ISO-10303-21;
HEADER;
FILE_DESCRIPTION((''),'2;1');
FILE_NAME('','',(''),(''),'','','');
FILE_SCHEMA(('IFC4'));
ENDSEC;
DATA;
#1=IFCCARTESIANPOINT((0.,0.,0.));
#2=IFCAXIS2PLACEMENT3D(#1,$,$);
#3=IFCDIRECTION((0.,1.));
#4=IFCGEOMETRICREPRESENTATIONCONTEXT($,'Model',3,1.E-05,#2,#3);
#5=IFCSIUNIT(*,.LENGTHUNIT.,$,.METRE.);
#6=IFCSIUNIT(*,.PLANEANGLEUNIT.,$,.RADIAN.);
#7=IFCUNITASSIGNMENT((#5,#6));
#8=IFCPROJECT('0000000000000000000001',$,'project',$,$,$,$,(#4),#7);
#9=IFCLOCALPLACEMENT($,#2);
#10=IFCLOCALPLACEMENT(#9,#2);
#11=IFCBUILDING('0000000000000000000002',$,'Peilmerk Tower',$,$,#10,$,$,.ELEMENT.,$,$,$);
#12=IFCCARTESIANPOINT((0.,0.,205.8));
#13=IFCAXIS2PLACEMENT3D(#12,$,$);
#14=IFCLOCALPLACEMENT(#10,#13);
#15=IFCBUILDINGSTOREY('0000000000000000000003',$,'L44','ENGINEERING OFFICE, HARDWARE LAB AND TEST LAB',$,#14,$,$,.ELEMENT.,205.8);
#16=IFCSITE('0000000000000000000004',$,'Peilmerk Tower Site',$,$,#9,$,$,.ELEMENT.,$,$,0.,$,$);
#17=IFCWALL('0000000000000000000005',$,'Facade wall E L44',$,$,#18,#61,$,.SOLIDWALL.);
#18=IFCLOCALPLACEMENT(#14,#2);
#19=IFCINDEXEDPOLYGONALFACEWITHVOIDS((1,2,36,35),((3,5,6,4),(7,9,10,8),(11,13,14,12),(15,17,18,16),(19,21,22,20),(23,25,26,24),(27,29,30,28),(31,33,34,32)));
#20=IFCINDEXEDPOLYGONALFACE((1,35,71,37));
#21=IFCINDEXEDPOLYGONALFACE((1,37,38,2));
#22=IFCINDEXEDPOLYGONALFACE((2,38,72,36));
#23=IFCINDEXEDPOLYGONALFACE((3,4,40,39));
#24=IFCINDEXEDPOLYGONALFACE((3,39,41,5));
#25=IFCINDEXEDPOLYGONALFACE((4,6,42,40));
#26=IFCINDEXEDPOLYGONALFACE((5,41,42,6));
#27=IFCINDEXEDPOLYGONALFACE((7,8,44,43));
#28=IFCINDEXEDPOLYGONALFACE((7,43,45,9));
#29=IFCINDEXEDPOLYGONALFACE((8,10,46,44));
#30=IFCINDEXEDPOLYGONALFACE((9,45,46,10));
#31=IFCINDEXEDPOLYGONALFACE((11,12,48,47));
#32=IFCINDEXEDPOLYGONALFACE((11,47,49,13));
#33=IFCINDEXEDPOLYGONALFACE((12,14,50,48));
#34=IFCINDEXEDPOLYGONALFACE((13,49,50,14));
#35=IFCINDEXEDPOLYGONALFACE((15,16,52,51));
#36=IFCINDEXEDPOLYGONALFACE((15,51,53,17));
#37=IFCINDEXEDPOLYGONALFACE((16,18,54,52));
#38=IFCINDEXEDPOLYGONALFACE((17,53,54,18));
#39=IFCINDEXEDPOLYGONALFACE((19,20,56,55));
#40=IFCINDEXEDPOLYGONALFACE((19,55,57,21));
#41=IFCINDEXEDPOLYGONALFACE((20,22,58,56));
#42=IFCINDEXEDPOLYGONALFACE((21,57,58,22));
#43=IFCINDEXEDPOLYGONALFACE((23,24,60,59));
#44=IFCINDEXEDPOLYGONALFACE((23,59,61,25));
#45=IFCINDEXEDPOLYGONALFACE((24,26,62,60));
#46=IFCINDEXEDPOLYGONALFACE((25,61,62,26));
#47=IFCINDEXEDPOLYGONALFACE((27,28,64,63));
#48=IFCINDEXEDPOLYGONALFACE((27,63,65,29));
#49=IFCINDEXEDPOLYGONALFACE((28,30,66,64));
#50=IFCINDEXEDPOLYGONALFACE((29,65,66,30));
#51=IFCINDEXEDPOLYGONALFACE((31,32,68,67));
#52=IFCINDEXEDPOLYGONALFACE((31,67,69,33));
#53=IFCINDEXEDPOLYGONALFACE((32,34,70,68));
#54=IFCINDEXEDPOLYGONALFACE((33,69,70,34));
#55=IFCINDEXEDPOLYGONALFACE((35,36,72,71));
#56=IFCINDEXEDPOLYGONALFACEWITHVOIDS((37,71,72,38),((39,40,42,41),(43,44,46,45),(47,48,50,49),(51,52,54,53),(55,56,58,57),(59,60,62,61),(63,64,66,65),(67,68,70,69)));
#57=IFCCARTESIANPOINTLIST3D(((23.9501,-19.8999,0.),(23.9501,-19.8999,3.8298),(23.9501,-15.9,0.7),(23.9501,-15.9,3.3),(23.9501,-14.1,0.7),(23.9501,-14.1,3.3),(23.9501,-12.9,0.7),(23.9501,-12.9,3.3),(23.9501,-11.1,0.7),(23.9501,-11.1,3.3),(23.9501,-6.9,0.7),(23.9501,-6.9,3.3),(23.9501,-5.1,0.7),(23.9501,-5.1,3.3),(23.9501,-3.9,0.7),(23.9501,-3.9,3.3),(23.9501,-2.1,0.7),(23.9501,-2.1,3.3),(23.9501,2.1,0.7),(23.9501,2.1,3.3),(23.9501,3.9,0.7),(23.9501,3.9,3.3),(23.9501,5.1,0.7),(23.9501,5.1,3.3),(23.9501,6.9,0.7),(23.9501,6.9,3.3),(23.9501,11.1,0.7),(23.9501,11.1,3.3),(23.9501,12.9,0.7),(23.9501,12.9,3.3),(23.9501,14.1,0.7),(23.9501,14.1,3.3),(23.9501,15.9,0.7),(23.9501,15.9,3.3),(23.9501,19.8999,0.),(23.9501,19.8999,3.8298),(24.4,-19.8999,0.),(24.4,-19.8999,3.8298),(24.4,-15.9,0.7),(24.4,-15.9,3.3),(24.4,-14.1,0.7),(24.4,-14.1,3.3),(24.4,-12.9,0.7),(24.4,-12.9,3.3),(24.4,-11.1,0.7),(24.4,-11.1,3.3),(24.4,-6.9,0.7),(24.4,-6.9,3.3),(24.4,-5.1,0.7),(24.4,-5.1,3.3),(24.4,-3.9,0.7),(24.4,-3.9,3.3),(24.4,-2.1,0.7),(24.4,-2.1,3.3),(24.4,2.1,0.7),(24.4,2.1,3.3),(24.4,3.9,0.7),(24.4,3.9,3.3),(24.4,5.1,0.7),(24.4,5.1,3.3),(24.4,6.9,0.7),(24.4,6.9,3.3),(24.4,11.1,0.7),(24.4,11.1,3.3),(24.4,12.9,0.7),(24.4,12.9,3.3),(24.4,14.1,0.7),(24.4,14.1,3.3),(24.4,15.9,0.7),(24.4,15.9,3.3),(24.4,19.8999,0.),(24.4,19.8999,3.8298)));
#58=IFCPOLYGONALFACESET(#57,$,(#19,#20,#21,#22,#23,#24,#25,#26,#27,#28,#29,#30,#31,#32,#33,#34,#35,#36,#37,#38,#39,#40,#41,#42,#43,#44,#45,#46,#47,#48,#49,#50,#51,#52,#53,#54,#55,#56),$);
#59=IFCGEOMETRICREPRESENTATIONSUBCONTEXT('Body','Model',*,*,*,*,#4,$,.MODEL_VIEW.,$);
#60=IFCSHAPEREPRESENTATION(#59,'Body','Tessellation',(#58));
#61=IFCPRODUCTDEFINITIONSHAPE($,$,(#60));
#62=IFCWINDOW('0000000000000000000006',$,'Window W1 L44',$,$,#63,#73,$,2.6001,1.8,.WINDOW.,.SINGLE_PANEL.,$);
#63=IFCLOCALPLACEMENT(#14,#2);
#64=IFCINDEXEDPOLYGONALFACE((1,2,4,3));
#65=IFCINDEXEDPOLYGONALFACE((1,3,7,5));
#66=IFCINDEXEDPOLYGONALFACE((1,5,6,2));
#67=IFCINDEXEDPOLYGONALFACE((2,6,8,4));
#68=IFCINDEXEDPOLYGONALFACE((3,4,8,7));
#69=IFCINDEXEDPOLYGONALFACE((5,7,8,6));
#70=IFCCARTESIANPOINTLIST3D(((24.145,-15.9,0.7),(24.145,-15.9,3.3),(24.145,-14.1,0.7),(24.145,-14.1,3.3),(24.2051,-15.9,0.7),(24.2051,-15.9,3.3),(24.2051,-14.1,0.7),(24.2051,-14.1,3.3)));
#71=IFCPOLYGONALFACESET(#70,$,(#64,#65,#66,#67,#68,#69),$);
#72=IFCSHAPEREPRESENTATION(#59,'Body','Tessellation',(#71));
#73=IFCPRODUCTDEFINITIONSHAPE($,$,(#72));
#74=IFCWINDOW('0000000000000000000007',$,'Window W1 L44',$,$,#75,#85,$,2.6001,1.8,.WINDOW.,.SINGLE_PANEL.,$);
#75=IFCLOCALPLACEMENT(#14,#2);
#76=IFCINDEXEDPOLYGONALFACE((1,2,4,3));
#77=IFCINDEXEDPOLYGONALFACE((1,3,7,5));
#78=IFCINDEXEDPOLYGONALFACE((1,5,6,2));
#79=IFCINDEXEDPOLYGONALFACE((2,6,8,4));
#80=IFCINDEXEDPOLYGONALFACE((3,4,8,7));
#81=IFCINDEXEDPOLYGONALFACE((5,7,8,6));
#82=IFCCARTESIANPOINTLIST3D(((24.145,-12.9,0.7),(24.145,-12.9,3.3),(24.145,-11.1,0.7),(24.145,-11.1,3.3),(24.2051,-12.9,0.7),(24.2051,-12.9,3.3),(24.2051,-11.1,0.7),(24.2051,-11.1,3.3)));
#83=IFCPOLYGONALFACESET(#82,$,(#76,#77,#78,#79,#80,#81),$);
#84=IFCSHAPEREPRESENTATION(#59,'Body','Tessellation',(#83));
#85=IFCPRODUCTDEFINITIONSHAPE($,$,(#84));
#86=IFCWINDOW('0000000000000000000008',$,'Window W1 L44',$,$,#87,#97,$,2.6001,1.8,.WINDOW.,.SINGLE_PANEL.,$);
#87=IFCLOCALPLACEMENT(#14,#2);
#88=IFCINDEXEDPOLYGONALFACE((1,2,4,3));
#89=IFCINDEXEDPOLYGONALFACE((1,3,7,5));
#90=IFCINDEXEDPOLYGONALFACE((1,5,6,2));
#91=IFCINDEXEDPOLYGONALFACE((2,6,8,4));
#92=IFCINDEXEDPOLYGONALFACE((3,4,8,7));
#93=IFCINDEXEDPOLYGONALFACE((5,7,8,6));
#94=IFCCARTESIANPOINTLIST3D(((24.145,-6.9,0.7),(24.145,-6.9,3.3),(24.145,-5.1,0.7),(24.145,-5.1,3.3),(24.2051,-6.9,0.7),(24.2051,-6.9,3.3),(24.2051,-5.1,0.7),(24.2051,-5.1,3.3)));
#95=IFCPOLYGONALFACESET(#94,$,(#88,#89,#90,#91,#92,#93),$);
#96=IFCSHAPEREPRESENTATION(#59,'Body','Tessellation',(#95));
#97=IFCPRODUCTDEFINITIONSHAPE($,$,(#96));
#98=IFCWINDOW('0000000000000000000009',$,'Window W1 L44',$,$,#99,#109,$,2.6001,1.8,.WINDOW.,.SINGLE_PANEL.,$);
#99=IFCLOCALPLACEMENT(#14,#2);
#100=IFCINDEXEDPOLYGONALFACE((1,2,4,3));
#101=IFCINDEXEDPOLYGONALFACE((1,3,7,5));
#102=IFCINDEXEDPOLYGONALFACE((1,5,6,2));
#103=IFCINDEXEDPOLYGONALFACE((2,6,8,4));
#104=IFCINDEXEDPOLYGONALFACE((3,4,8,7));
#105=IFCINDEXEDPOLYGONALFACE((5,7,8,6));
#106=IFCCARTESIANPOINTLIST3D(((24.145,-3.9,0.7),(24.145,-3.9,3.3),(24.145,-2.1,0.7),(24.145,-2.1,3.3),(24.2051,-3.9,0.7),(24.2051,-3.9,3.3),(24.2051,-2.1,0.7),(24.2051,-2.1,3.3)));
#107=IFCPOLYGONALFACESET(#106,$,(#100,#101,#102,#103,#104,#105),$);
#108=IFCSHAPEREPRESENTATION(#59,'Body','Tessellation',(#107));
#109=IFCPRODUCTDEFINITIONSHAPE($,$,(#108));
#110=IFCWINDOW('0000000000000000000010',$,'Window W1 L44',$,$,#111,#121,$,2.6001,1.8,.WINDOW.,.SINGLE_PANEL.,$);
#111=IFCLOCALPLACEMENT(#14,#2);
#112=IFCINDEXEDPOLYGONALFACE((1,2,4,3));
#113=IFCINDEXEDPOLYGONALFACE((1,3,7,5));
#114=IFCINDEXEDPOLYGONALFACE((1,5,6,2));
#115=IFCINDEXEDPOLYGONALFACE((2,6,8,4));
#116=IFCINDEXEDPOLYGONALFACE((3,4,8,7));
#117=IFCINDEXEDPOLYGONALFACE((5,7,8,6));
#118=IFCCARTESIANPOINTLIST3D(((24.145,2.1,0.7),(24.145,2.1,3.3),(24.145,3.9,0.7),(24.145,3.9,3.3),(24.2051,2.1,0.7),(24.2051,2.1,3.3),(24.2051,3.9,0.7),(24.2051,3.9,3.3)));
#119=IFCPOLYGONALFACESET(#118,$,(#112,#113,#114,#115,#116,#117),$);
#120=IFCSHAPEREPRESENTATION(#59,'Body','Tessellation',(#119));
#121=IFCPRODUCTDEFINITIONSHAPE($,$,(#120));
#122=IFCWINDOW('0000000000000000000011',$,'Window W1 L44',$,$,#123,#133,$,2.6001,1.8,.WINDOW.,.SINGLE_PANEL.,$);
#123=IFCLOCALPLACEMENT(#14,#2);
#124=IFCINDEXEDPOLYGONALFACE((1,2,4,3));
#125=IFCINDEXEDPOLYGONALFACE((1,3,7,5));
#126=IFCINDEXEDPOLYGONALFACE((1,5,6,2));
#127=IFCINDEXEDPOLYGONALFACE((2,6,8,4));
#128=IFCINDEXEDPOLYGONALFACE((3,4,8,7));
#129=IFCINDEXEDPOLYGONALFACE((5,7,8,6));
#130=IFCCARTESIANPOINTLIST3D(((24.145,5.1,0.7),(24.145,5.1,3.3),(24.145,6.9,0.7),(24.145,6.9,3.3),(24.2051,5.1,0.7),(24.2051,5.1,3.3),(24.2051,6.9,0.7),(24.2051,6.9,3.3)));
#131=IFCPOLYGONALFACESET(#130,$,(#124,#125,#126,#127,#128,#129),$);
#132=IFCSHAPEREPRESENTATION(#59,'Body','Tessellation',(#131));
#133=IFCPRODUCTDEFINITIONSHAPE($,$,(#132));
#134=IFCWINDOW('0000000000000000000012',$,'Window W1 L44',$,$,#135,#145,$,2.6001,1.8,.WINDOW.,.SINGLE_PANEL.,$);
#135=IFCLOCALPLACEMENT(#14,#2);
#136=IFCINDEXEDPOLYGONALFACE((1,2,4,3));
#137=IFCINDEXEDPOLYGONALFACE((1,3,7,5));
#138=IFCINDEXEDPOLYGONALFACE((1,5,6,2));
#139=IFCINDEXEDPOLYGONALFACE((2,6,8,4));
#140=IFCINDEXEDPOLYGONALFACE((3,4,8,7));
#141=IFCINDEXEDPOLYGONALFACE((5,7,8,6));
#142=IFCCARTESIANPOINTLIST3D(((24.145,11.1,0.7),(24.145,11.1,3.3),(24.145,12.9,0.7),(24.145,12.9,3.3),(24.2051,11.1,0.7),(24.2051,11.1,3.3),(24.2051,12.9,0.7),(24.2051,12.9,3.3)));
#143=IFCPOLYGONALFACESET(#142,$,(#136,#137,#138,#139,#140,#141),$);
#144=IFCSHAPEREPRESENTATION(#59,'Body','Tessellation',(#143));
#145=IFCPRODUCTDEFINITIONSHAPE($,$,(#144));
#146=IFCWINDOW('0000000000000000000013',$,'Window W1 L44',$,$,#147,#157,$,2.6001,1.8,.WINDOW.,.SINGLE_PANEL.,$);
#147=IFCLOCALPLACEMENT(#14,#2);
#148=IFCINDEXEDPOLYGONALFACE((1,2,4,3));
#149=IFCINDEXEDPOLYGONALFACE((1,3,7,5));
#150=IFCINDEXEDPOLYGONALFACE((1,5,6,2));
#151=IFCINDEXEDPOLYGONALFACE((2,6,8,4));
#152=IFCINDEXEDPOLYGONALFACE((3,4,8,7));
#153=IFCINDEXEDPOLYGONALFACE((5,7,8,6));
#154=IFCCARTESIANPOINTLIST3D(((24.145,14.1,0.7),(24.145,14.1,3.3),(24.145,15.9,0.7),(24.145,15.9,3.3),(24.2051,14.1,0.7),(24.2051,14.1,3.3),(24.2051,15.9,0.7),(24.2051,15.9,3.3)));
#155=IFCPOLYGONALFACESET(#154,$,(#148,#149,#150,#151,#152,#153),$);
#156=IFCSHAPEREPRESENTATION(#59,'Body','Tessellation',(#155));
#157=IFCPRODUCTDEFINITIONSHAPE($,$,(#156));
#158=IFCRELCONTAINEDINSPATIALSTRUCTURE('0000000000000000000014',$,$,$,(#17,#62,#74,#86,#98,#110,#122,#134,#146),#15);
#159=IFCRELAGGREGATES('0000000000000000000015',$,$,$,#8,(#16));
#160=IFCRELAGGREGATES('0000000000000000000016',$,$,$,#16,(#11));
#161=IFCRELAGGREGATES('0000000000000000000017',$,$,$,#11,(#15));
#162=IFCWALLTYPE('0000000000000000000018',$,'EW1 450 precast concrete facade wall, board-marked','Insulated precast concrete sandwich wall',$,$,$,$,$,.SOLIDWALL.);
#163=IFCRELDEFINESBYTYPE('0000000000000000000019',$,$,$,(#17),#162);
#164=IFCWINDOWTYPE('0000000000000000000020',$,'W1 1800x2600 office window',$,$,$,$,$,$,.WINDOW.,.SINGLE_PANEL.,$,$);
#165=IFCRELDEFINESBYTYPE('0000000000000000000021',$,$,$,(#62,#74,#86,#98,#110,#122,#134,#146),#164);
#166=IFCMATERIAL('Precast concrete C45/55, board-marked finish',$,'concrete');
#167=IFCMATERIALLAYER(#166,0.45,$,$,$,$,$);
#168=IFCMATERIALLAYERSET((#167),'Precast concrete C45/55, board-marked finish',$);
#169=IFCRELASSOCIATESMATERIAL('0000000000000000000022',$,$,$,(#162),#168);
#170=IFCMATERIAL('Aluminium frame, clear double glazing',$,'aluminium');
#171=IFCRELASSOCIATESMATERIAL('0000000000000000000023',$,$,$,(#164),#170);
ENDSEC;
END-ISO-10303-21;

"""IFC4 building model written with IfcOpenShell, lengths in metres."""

from ifc_helpers import new_model, si_unit, direction, frame, frame_2d, origin, place, context, subcontext, project, spatial, rectangle, extrude, material, layer, layer_set, type_object, element, fill, save


model = new_model("IFC4")

# Units and contexts
model_context = context("Model", 3, precision=1e-05, world=origin(), true_north=direction((0.0, 1.0)))
body_context = subcontext(model_context, "Body", "Model", "MODEL_VIEW")
ifc_project = project(units=[si_unit("LENGTHUNIT", "METRE"), si_unit("PLANEANGLEUNIT", "RADIAN")], contexts=[model_context])

# Site, building, storey
site_placement = place(None, origin())
site = spatial("IfcSite", under=ifc_project, at=site_placement, Name="Peilmerk Tower Site", CompositionType="ELEMENT", RefElevation=0.0)
building_placement = place(site_placement, origin())
building = spatial("IfcBuilding", under=site, at=building_placement, Name="Peilmerk Tower", CompositionType="ELEMENT")
storey_placement = place(building_placement, frame((0.0, 0.0, 205.8)))
storey = spatial("IfcBuildingStorey", under=building, at=storey_placement, Name="L44", Description="ENGINEERING OFFICE, HARDWARE LAB AND TEST LAB", CompositionType="ELEMENT", Elevation=205.8)

# Wall, openings, windows
ifc_material_1 = material(Name="Precast concrete C45/55, board-marked finish", Category="concrete")
ifc_layer_1 = layer(ifc_material_1, 0.45)
ifc_layer_set_1 = layer_set([ifc_layer_1], Name="Precast concrete C45/55, board-marked finish")
wall_type = type_object("IfcWallType", Name="EW1 450 precast concrete facade wall, board-marked", Description="Insulated precast concrete sandwich wall", PredefinedType="SOLIDWALL", material=ifc_layer_set_1)
wall_1_placement = place(storey_placement, frame((24.175, -19.8999, 0.0), z_axis=(0.0, 0.0, 1.0), x_axis=(0.0, 1.0, 0.0)))
wall_1 = element("IfcWall", 1, at=wall_1_placement, inside=storey, type_object=wall_type, Name="Facade wall E L44", PredefinedType="SOLIDWALL", context=body_context, shape_type="SweptSolid", body=[
    extrude(rectangle(XDim=39.7998, YDim=0.45, at=frame_2d((19.8999, 0.0))), origin(), (0.0, 0.0, 1.0), 3.8298),
])
opening_1_placement = place(wall_1_placement, frame((4.0, 0.0, 0.7)))
opening_1 = element("IfcOpeningElement", 2, at=opening_1_placement, cuts=wall_1, PredefinedType="OPENING", context=body_context, shape_type="SweptSolid", body=[
    extrude(rectangle(XDim=1.8, YDim=2.6001, at=frame_2d((0.8999, 1.3))), frame((0.0, 0.2349, 0.0), z_axis=(0.0, -1.0, 0.0), x_axis=(1.0, 0.0, 0.0)), (0.0, 0.0, 1.0), 0.47),
])
opening_2_placement = place(wall_1_placement, frame((7.0, 0.0, 0.7)))
opening_2 = element("IfcOpeningElement", 3, at=opening_2_placement, cuts=wall_1, PredefinedType="OPENING", context=body_context, shape_type="SweptSolid", body=[
    extrude(rectangle(XDim=1.8, YDim=2.6001, at=frame_2d((0.8999, 1.3))), frame((0.0, 0.2349, 0.0), z_axis=(0.0, -1.0, 0.0), x_axis=(1.0, 0.0, 0.0)), (0.0, 0.0, 1.0), 0.47),
])
opening_3_placement = place(wall_1_placement, frame((13.0, 0.0, 0.7)))
opening_3 = element("IfcOpeningElement", 4, at=opening_3_placement, cuts=wall_1, PredefinedType="OPENING", context=body_context, shape_type="SweptSolid", body=[
    extrude(rectangle(XDim=1.8, YDim=2.6001, at=frame_2d((0.8999, 1.3))), frame((0.0, 0.2349, 0.0), z_axis=(0.0, -1.0, 0.0), x_axis=(1.0, 0.0, 0.0)), (0.0, 0.0, 1.0), 0.47),
])
opening_4_placement = place(wall_1_placement, frame((16.0, 0.0, 0.7)))
opening_4 = element("IfcOpeningElement", 5, at=opening_4_placement, cuts=wall_1, PredefinedType="OPENING", context=body_context, shape_type="SweptSolid", body=[
    extrude(rectangle(XDim=1.8, YDim=2.6001, at=frame_2d((0.8999, 1.3))), frame((0.0, 0.2349, 0.0), z_axis=(0.0, -1.0, 0.0), x_axis=(1.0, 0.0, 0.0)), (0.0, 0.0, 1.0), 0.47),
])
opening_5_placement = place(wall_1_placement, frame((22.0, 0.0, 0.7)))
opening_5 = element("IfcOpeningElement", 6, at=opening_5_placement, cuts=wall_1, PredefinedType="OPENING", context=body_context, shape_type="SweptSolid", body=[
    extrude(rectangle(XDim=1.8, YDim=2.6001, at=frame_2d((0.8999, 1.3))), frame((0.0, 0.2349, 0.0), z_axis=(0.0, -1.0, 0.0), x_axis=(1.0, 0.0, 0.0)), (0.0, 0.0, 1.0), 0.47),
])
opening_6_placement = place(wall_1_placement, frame((25.0, 0.0, 0.7)))
opening_6 = element("IfcOpeningElement", 7, at=opening_6_placement, cuts=wall_1, PredefinedType="OPENING", context=body_context, shape_type="SweptSolid", body=[
    extrude(rectangle(XDim=1.8, YDim=2.6001, at=frame_2d((0.8999, 1.3))), frame((0.0, 0.2349, 0.0), z_axis=(0.0, -1.0, 0.0), x_axis=(1.0, 0.0, 0.0)), (0.0, 0.0, 1.0), 0.47),
])
opening_7_placement = place(wall_1_placement, frame((31.0, 0.0, 0.7)))
opening_7 = element("IfcOpeningElement", 8, at=opening_7_placement, cuts=wall_1, PredefinedType="OPENING", context=body_context, shape_type="SweptSolid", body=[
    extrude(rectangle(XDim=1.8, YDim=2.6001, at=frame_2d((0.8999, 1.3))), frame((0.0, 0.2349, 0.0), z_axis=(0.0, -1.0, 0.0), x_axis=(1.0, 0.0, 0.0)), (0.0, 0.0, 1.0), 0.47),
])
opening_8_placement = place(wall_1_placement, frame((34.0, 0.0, 0.7)))
opening_8 = element("IfcOpeningElement", 9, at=opening_8_placement, cuts=wall_1, PredefinedType="OPENING", context=body_context, shape_type="SweptSolid", body=[
    extrude(rectangle(XDim=1.8, YDim=2.6001, at=frame_2d((0.8999, 1.3))), frame((0.0, 0.2349, 0.0), z_axis=(0.0, -1.0, 0.0), x_axis=(1.0, 0.0, 0.0)), (0.0, 0.0, 1.0), 0.47),
])
ifc_material_2 = material(Name="Aluminium frame, clear double glazing", Category="aluminium")
window_type = type_object("IfcWindowType", Name="W1 1800x2600 office window", PartitioningType="SINGLE_PANEL", PredefinedType="WINDOW", material=ifc_material_2)
window_1_placement = place(opening_1_placement, origin())
window_1 = element("IfcWindow", 10, at=window_1_placement, inside=storey, type_object=window_type, Name="Window W1 L44", OverallHeight=2.6001, OverallWidth=1.8, PartitioningType="SINGLE_PANEL", PredefinedType="WINDOW", context=body_context, shape_type="SweptSolid", body=[
    extrude(rectangle(XDim=1.8, YDim=2.6001, at=frame_2d((0.8999, 1.3))), frame((0.0, 0.03, 0.0), z_axis=(0.0, -1.0, 0.0), x_axis=(1.0, 0.0, 0.0)), (0.0, 0.0, 1.0), 0.0601),
])
fill(opening_1, window_1)
window_2_placement = place(opening_2_placement, origin())
window_2 = element("IfcWindow", 11, at=window_2_placement, inside=storey, type_object=window_type, Name="Window W1 L44", OverallHeight=2.6001, OverallWidth=1.8, PartitioningType="SINGLE_PANEL", PredefinedType="WINDOW", context=body_context, shape_type="SweptSolid", body=[
    extrude(rectangle(XDim=1.8, YDim=2.6001, at=frame_2d((0.8999, 1.3))), frame((0.0, 0.03, 0.0), z_axis=(0.0, -1.0, 0.0), x_axis=(1.0, 0.0, 0.0)), (0.0, 0.0, 1.0), 0.0601),
])
fill(opening_2, window_2)
window_3_placement = place(opening_3_placement, origin())
window_3 = element("IfcWindow", 12, at=window_3_placement, inside=storey, type_object=window_type, Name="Window W1 L44", OverallHeight=2.6001, OverallWidth=1.8, PartitioningType="SINGLE_PANEL", PredefinedType="WINDOW", context=body_context, shape_type="SweptSolid", body=[
    extrude(rectangle(XDim=1.8, YDim=2.6001, at=frame_2d((0.8999, 1.3))), frame((0.0, 0.03, 0.0), z_axis=(0.0, -1.0, 0.0), x_axis=(1.0, 0.0, 0.0)), (0.0, 0.0, 1.0), 0.0601),
])
fill(opening_3, window_3)
window_4_placement = place(opening_4_placement, origin())
window_4 = element("IfcWindow", 13, at=window_4_placement, inside=storey, type_object=window_type, Name="Window W1 L44", OverallHeight=2.6001, OverallWidth=1.8, PartitioningType="SINGLE_PANEL", PredefinedType="WINDOW", context=body_context, shape_type="SweptSolid", body=[
    extrude(rectangle(XDim=1.8, YDim=2.6001, at=frame_2d((0.8999, 1.3))), frame((0.0, 0.03, 0.0), z_axis=(0.0, -1.0, 0.0), x_axis=(1.0, 0.0, 0.0)), (0.0, 0.0, 1.0), 0.0601),
])
fill(opening_4, window_4)
window_5_placement = place(opening_5_placement, origin())
window_5 = element("IfcWindow", 14, at=window_5_placement, inside=storey, type_object=window_type, Name="Window W1 L44", OverallHeight=2.6001, OverallWidth=1.8, PartitioningType="SINGLE_PANEL", PredefinedType="WINDOW", context=body_context, shape_type="SweptSolid", body=[
    extrude(rectangle(XDim=1.8, YDim=2.6001, at=frame_2d((0.8999, 1.3))), frame((0.0, 0.03, 0.0), z_axis=(0.0, -1.0, 0.0), x_axis=(1.0, 0.0, 0.0)), (0.0, 0.0, 1.0), 0.0601),
])
fill(opening_5, window_5)
window_6_placement = place(opening_6_placement, origin())
window_6 = element("IfcWindow", 15, at=window_6_placement, inside=storey, type_object=window_type, Name="Window W1 L44", OverallHeight=2.6001, OverallWidth=1.8, PartitioningType="SINGLE_PANEL", PredefinedType="WINDOW", context=body_context, shape_type="SweptSolid", body=[
    extrude(rectangle(XDim=1.8, YDim=2.6001, at=frame_2d((0.8999, 1.3))), frame((0.0, 0.03, 0.0), z_axis=(0.0, -1.0, 0.0), x_axis=(1.0, 0.0, 0.0)), (0.0, 0.0, 1.0), 0.0601),
])
fill(opening_6, window_6)
window_7_placement = place(opening_7_placement, origin())
window_7 = element("IfcWindow", 16, at=window_7_placement, inside=storey, type_object=window_type, Name="Window W1 L44", OverallHeight=2.6001, OverallWidth=1.8, PartitioningType="SINGLE_PANEL", PredefinedType="WINDOW", context=body_context, shape_type="SweptSolid", body=[
    extrude(rectangle(XDim=1.8, YDim=2.6001, at=frame_2d((0.8999, 1.3))), frame((0.0, 0.03, 0.0), z_axis=(0.0, -1.0, 0.0), x_axis=(1.0, 0.0, 0.0)), (0.0, 0.0, 1.0), 0.0601),
])
fill(opening_7, window_7)
window_8_placement = place(opening_8_placement, origin())
window_8 = element("IfcWindow", 17, at=window_8_placement, inside=storey, type_object=window_type, Name="Window W1 L44", OverallHeight=2.6001, OverallWidth=1.8, PartitioningType="SINGLE_PANEL", PredefinedType="WINDOW", context=body_context, shape_type="SweptSolid", body=[
    extrude(rectangle(XDim=1.8, YDim=2.6001, at=frame_2d((0.8999, 1.3))), frame((0.0, 0.03, 0.0), z_axis=(0.0, -1.0, 0.0), x_axis=(1.0, 0.0, 0.0)), (0.0, 0.0, 1.0), 0.0601),
])
fill(opening_8, window_8)

save(model, "model.ifc")
